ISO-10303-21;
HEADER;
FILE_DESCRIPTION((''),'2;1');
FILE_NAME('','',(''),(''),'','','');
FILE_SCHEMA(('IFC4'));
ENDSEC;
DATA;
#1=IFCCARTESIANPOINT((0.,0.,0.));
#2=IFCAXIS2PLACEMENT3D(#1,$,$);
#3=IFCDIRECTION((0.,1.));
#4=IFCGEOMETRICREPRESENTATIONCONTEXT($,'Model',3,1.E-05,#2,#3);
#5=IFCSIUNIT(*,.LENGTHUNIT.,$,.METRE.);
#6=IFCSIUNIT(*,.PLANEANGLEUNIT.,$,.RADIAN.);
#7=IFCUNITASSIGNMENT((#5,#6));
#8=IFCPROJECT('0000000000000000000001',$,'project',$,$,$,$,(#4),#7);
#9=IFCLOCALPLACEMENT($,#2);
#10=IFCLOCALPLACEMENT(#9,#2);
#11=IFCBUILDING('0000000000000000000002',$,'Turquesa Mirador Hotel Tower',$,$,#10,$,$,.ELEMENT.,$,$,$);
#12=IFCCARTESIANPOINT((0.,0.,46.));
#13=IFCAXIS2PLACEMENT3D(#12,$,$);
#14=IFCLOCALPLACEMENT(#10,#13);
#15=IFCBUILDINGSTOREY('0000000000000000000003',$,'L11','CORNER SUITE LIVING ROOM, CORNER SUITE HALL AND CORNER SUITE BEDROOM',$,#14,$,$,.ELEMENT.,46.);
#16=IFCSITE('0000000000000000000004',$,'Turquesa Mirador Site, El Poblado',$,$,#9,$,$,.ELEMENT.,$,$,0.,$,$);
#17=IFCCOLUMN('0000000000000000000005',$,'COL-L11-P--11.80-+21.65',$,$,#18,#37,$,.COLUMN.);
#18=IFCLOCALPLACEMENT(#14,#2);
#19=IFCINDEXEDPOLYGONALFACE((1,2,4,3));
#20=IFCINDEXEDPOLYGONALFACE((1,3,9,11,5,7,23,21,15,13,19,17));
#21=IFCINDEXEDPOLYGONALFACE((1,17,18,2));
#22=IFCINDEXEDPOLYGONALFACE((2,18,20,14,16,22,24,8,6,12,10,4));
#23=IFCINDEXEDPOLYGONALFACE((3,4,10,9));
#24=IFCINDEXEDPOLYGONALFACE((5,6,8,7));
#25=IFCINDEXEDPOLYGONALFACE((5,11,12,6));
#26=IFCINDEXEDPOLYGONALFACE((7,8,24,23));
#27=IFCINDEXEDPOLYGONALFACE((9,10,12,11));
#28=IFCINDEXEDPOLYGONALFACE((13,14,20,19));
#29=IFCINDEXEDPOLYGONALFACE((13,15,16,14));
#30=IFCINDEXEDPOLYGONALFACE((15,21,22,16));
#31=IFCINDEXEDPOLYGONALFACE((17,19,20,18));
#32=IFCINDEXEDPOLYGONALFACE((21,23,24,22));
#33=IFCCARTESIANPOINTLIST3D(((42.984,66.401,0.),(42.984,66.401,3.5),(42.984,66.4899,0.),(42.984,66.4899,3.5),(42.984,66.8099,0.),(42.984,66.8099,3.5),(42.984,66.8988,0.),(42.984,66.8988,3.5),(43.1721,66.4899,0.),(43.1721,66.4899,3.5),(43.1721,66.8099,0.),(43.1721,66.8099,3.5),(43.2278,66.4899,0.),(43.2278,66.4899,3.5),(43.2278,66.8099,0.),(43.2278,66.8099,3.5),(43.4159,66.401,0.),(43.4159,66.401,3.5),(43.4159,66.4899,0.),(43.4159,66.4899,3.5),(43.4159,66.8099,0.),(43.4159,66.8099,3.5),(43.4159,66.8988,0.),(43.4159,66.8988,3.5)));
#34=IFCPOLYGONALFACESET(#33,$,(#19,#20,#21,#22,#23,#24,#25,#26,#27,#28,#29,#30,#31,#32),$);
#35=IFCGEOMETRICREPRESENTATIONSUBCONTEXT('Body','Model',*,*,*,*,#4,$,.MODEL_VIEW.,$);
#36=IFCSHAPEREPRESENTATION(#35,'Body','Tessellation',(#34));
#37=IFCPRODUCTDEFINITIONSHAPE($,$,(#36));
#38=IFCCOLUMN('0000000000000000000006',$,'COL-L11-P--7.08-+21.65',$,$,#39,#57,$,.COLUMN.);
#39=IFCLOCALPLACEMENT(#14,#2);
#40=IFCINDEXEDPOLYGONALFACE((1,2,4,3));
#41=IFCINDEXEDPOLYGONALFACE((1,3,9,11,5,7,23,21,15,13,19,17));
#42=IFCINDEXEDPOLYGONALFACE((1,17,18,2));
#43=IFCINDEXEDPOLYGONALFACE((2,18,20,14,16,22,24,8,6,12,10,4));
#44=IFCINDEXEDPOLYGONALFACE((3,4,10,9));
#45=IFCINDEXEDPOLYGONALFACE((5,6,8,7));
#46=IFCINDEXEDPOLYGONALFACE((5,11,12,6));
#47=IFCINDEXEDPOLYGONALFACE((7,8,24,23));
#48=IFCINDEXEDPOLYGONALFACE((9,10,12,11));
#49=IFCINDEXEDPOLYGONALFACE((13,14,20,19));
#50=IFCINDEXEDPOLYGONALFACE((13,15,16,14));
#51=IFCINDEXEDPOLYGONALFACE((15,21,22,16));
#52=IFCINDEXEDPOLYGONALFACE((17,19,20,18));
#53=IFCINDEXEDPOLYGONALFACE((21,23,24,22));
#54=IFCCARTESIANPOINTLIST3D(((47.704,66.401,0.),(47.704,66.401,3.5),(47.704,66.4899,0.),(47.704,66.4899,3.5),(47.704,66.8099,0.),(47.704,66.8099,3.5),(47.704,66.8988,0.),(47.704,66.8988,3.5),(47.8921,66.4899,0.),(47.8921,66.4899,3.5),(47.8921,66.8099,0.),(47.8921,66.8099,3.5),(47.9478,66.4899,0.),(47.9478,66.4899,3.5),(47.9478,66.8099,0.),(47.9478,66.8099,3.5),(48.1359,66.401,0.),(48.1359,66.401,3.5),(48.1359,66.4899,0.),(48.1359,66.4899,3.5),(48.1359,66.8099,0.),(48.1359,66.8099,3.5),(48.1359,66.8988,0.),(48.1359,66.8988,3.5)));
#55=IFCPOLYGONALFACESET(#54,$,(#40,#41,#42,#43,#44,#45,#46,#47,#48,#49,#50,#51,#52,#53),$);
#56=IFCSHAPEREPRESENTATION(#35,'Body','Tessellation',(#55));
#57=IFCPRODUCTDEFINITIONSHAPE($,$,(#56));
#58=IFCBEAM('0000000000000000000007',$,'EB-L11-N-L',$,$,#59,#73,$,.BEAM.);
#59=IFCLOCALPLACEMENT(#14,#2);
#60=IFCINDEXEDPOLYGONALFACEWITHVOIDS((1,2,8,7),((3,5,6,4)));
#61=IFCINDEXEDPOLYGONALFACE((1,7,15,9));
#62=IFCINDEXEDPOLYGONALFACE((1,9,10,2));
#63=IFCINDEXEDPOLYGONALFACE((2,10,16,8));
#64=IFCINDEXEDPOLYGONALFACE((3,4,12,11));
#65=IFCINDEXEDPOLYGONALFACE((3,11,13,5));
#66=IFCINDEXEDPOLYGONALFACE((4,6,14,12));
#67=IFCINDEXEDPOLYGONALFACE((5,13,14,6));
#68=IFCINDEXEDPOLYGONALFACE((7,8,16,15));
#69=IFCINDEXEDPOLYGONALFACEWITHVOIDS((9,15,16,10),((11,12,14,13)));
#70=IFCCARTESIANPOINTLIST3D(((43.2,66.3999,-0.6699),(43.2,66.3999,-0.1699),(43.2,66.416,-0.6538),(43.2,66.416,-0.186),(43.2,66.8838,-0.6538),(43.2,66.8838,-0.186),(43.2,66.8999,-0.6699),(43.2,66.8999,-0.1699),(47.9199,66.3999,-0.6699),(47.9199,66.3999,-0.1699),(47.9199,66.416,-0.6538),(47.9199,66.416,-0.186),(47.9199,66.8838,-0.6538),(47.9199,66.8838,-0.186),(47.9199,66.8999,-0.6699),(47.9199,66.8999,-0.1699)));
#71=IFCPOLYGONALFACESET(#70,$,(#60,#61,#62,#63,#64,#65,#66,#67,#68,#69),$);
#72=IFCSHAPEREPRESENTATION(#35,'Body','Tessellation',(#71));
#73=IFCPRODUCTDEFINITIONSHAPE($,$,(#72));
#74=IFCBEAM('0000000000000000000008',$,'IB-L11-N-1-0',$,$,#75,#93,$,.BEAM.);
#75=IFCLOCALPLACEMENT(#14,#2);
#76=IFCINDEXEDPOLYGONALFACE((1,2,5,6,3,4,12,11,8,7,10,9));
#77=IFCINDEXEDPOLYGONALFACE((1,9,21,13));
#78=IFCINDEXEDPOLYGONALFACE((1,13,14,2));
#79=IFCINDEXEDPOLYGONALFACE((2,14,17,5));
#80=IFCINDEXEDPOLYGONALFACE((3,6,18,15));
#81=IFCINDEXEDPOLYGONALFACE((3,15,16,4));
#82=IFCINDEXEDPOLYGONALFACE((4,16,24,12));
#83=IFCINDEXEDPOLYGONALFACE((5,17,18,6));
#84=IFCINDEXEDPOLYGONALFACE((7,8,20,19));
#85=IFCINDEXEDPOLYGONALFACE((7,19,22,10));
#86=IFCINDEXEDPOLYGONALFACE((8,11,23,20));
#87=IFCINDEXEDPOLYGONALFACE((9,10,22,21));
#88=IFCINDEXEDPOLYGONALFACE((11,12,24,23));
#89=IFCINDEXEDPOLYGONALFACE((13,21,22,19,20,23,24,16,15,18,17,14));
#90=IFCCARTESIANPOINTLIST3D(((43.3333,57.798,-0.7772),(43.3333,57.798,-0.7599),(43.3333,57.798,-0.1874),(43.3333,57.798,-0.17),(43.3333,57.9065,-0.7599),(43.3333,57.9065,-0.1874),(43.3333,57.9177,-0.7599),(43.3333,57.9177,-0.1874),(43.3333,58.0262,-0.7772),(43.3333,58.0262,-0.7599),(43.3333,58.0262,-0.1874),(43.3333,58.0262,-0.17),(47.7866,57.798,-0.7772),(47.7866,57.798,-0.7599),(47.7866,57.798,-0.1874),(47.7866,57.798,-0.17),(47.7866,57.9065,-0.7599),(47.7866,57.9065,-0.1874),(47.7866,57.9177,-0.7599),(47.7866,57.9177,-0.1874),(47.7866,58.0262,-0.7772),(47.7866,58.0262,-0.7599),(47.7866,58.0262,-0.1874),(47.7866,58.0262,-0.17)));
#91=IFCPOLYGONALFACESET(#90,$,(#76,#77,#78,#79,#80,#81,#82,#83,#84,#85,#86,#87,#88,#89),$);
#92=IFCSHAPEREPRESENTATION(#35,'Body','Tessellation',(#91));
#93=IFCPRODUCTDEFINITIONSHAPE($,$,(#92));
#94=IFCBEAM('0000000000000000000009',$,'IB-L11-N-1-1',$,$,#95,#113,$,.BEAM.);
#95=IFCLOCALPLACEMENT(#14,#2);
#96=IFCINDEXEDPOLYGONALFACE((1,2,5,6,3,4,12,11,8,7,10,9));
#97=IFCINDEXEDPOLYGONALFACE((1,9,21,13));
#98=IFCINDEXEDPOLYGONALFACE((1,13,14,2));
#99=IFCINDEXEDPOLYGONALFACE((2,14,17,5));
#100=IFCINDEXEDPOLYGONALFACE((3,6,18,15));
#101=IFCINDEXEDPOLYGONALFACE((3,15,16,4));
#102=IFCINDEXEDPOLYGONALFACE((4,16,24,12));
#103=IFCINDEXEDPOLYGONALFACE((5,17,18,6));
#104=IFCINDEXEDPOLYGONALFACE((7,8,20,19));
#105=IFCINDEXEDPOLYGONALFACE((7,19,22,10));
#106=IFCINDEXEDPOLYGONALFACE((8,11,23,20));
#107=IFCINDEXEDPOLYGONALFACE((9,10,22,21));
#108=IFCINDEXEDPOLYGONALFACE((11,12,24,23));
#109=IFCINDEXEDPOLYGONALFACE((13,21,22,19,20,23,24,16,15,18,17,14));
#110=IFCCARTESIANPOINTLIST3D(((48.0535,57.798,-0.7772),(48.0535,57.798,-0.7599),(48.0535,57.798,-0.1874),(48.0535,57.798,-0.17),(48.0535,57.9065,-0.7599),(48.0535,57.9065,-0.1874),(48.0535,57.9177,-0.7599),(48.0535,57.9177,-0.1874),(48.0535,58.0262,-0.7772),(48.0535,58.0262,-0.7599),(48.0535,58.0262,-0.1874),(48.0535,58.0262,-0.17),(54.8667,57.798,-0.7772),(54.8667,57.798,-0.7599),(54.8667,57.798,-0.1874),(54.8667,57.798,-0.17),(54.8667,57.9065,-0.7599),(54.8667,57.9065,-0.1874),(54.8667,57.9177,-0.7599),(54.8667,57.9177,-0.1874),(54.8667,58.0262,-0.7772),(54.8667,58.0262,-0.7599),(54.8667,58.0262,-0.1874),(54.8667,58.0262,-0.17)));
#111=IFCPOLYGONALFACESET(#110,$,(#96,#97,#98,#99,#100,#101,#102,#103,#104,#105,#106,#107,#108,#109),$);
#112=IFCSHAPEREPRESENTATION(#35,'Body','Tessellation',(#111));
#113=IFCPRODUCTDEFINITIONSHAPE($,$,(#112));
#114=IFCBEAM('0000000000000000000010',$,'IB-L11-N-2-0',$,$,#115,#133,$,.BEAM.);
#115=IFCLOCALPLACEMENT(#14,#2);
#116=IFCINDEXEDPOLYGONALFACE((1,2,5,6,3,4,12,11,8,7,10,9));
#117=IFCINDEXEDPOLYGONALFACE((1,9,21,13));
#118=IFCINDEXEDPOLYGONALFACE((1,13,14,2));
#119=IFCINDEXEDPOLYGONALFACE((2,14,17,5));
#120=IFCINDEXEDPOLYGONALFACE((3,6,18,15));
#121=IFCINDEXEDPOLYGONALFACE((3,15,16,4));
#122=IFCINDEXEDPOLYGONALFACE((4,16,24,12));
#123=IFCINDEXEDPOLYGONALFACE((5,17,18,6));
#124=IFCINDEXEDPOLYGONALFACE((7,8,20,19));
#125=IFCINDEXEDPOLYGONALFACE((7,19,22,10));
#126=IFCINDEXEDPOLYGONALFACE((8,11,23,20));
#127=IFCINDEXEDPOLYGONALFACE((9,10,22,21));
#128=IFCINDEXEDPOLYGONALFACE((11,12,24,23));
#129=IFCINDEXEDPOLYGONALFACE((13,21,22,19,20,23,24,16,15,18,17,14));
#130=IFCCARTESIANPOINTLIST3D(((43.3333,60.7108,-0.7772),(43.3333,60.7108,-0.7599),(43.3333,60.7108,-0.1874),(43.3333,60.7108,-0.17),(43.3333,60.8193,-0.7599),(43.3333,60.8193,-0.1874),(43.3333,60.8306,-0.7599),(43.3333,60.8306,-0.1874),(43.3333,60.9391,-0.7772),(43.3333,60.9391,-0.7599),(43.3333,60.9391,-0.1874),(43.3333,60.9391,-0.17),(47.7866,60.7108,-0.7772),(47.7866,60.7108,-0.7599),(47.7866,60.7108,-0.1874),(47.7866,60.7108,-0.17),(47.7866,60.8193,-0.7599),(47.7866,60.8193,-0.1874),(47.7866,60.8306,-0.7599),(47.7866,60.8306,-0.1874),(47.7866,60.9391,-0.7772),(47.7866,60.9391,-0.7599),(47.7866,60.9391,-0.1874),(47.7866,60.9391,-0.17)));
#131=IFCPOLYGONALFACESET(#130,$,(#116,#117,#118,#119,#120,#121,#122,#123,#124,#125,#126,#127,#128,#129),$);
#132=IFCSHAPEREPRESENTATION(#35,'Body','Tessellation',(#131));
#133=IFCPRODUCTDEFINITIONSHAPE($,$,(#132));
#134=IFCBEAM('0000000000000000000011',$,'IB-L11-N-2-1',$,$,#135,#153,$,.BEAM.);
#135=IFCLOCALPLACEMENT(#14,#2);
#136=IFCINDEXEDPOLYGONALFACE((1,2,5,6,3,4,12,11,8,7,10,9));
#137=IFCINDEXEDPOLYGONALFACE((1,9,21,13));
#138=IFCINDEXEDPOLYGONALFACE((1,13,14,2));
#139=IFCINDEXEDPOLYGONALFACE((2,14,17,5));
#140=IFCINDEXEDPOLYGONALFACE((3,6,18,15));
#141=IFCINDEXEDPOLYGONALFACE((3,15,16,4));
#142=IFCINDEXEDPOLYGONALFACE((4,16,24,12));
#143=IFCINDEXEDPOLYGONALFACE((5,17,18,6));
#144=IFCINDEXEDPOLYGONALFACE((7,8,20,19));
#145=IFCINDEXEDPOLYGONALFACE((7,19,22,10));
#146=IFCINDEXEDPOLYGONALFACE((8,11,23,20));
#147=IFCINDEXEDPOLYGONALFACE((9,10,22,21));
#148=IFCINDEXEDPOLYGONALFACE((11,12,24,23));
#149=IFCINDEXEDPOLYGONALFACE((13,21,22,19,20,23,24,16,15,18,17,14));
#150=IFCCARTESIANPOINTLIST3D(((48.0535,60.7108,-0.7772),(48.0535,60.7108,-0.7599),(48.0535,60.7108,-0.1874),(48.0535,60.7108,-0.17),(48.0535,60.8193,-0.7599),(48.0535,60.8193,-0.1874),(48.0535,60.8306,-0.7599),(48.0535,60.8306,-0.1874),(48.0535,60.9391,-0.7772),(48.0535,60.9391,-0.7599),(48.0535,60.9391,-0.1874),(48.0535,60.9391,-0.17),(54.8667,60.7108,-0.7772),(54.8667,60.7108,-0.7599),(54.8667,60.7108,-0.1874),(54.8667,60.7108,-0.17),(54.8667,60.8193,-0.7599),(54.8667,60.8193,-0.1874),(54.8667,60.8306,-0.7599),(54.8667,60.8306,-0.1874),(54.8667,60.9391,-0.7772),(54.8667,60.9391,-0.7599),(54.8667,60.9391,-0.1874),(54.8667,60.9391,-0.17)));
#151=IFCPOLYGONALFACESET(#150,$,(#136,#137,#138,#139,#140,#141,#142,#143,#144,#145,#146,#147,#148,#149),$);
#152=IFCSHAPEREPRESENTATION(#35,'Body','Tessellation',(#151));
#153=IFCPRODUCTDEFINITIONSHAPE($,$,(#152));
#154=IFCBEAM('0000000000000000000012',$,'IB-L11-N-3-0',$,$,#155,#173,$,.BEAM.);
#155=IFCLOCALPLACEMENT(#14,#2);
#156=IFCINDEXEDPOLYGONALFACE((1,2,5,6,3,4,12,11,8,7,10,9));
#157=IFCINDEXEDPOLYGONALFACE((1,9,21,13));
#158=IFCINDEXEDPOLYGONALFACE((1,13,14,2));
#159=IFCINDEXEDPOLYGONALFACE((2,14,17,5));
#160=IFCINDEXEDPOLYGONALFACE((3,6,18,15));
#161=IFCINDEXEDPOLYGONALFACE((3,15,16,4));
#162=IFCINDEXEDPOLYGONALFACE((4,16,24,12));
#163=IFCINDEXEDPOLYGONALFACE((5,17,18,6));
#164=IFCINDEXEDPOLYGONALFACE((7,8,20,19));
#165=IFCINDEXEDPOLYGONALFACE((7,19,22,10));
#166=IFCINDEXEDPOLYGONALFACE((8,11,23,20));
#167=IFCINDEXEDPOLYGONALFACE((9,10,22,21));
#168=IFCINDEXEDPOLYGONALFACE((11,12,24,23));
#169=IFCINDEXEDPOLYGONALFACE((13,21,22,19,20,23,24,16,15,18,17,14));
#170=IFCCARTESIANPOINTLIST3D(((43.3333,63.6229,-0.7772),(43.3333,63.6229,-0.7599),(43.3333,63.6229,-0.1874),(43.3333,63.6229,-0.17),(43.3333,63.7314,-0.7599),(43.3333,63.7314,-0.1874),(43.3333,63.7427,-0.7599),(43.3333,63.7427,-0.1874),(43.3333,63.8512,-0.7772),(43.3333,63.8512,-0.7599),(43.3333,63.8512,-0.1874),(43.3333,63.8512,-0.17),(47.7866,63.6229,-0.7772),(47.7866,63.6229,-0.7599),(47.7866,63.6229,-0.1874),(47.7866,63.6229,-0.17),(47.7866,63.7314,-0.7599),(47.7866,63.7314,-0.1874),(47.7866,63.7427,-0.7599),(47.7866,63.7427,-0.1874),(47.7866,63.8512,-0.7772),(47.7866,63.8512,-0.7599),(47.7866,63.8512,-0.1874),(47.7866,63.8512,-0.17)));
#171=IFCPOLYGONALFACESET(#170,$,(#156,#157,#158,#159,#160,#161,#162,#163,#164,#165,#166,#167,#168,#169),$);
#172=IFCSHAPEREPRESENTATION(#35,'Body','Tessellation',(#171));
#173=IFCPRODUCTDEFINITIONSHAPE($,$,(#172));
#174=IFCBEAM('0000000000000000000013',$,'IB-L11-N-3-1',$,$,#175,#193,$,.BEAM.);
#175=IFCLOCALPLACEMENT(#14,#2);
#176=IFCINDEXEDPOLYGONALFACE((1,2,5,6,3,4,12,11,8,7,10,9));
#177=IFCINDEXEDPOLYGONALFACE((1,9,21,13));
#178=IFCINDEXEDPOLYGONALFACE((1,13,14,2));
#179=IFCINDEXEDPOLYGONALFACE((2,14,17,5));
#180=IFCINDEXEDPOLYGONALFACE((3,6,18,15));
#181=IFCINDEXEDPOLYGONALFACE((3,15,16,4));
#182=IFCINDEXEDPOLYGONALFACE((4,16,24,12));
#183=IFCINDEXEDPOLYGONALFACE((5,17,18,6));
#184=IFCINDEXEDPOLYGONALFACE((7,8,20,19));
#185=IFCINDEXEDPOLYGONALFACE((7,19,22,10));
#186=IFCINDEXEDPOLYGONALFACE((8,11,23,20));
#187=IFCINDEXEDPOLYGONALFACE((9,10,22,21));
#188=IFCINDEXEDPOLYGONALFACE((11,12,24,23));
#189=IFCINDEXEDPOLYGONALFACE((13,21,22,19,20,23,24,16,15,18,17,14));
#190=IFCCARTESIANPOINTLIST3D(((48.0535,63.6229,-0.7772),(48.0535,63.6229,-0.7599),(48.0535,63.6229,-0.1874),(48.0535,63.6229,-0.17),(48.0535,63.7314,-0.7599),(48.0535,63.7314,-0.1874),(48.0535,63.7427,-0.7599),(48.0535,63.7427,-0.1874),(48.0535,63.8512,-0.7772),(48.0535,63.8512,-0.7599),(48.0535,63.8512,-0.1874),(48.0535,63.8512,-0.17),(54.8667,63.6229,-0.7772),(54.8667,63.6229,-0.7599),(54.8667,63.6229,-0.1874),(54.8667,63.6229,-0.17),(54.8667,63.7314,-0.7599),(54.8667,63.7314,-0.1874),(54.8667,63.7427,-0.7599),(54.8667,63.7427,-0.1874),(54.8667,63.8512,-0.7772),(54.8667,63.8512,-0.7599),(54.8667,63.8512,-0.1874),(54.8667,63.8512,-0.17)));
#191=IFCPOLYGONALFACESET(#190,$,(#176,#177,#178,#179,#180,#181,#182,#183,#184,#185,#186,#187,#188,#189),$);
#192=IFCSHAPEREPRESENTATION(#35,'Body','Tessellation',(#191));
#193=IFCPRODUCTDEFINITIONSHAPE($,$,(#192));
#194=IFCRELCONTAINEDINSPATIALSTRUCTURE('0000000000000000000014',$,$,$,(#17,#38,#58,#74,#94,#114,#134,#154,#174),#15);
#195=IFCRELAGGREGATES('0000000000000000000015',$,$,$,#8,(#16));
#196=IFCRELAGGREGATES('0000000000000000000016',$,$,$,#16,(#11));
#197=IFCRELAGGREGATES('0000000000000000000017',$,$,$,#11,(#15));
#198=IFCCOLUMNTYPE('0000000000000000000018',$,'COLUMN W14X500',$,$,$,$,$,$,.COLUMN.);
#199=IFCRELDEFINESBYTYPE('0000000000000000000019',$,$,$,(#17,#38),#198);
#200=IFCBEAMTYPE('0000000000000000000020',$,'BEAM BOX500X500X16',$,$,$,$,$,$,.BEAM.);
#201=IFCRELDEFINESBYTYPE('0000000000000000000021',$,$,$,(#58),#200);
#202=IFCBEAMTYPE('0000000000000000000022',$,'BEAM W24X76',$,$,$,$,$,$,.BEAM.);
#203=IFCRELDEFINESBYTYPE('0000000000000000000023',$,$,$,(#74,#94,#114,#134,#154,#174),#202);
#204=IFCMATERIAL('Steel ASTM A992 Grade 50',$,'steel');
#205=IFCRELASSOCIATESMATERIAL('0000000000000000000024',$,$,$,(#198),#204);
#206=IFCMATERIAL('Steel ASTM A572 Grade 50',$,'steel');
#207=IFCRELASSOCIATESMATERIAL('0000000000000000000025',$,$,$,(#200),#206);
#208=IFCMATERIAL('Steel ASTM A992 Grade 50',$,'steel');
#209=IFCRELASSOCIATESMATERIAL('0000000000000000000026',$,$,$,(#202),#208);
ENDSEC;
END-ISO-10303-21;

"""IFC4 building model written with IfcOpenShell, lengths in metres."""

from ifc_helpers import new_model, si_unit, direction, frame, origin, origin_2d, place, context, subcontext, project, spatial, hollow_rectangle, i_section, extrude, material, material_profile, profile_set, type_object, element, save


model = new_model("IFC4")

# Units and contexts
model_context = context("Model", 3, precision=1e-05, world=origin(), true_north=direction((0.0, 1.0)))
body_context = subcontext(model_context, "Body", "Model", "MODEL_VIEW")
ifc_project = project(units=[si_unit("LENGTHUNIT", "METRE"), si_unit("PLANEANGLEUNIT", "RADIAN")], contexts=[model_context])

# Site, building, storey
site_placement = place(None, origin())
site = spatial("IfcSite", under=ifc_project, at=site_placement, Name="Turquesa Mirador Site, El Poblado", CompositionType="ELEMENT", RefElevation=0.0)
building_placement = place(site_placement, origin())
building = spatial("IfcBuilding", under=site, at=building_placement, Name="Turquesa Mirador Hotel Tower", CompositionType="ELEMENT")
storey_placement = place(building_placement, frame((0.0, 0.0, 46.0)))
storey = spatial("IfcBuildingStorey", under=building, at=storey_placement, Name="L11", Description="CORNER SUITE LIVING ROOM, CORNER SUITE HALL AND CORNER SUITE BEDROOM", CompositionType="ELEMENT", Elevation=46.0)

# Columns
ifc_material_1 = material(Name="Steel ASTM A992 Grade 50", Category="steel")
ifc_material_profile_1 = material_profile(ifc_material_1, i_section(OverallWidth=0.4319, OverallDepth=0.4978, WebThickness=0.0557, FlangeThickness=0.0889, at=origin_2d()), Name="W14X500")
ifc_profile_set_1 = profile_set([ifc_material_profile_1], Name="Steel ASTM A992 Grade 50")
column_type = type_object("IfcColumnType", Name="COLUMN W14X500", PredefinedType="COLUMN", material=ifc_profile_set_1)
for number, where, z_axis, x_axis, name in (
    (1, (43.2, 66.6499, 0.0), (0.0, 0.0, 1.0), (1.0, 0.0, 0.0), "COL-L11-P--11.80-+21.65"),
    (2, (47.9199, 66.6499, 0.0), (0.0, 0.0, 1.0), (1.0, 0.0, 0.0), "COL-L11-P--7.08-+21.65"),
):
    element("IfcColumn", number, at=place(storey_placement, frame(where, z_axis=z_axis, x_axis=x_axis)), inside=storey, type_object=column_type, Name=name, PredefinedType="COLUMN", context=body_context, shape_type="SweptSolid", body=[
        extrude(i_section(OverallWidth=0.4319, OverallDepth=0.4978, WebThickness=0.0557, FlangeThickness=0.0889, at=origin_2d()), origin(), (0.0, 0.0, 1.0), 3.5),
    ])

# Beams
ifc_material_2 = material(Name="Steel ASTM A572 Grade 50", Category="steel")
ifc_material_profile_2 = material_profile(ifc_material_2, hollow_rectangle(XDim=0.5, YDim=0.5, WallThickness=0.0161, at=origin_2d()), Name="BOX500X500X16")
ifc_profile_set_2 = profile_set([ifc_material_profile_2], Name="Steel ASTM A572 Grade 50")
beam_type_1 = type_object("IfcBeamType", Name="BEAM BOX500X500X16", PredefinedType="BEAM", material=ifc_profile_set_2)
beam_1_placement = place(storey_placement, frame((43.2, 66.6499, -0.4199), z_axis=(1.0, 0.0, 0.0), x_axis=(0.0, 1.0, 0.0)))
element("IfcBeam", 3, at=beam_1_placement, inside=storey, type_object=beam_type_1, Name="EB-L11-N-L", PredefinedType="BEAM", context=body_context, shape_type="SweptSolid", body=[
    extrude(hollow_rectangle(XDim=0.5, YDim=0.5, WallThickness=0.0161, at=origin_2d()), origin(), (0.0, 0.0, 1.0), 4.72),
])
ifc_material_3 = material(Name="Steel ASTM A992 Grade 50", Category="steel")
ifc_material_profile_3 = material_profile(ifc_material_3, i_section(OverallWidth=0.2283, OverallDepth=0.6072, WebThickness=0.0112, FlangeThickness=0.0173, at=origin_2d()), Name="W24X76")
ifc_profile_set_3 = profile_set([ifc_material_profile_3], Name="Steel ASTM A992 Grade 50")
beam_type_2 = type_object("IfcBeamType", Name="BEAM W24X76", PredefinedType="BEAM", material=ifc_profile_set_3)
beam_2_placement = place(storey_placement, frame((43.3333, 57.9121, -0.4736), z_axis=(1.0, 0.0, 0.0), x_axis=(0.0, 1.0, 0.0)))
element("IfcBeam", 4, at=beam_2_placement, inside=storey, type_object=beam_type_2, Name="IB-L11-N-1-0", PredefinedType="BEAM", context=body_context, shape_type="SweptSolid", body=[
    extrude(i_section(OverallWidth=0.2283, OverallDepth=0.6072, WebThickness=0.0112, FlangeThickness=0.0173, at=origin_2d()), origin(), (0.0, 0.0, 1.0), 4.4534),
])
beam_3_placement = place(storey_placement, frame((48.0535, 57.9121, -0.4736), z_axis=(1.0, 0.0, 0.0), x_axis=(0.0, 1.0, 0.0)))
element("IfcBeam", 5, at=beam_3_placement, inside=storey, type_object=beam_type_2, Name="IB-L11-N-1-1", PredefinedType="BEAM", context=body_context, shape_type="SweptSolid", body=[
    extrude(i_section(OverallWidth=0.2283, OverallDepth=0.6072, WebThickness=0.0112, FlangeThickness=0.0173, at=origin_2d()), origin(), (0.0, 0.0, 1.0), 6.8132),
])
beam_4_placement = place(storey_placement, frame((43.3333, 60.825, -0.4736), z_axis=(1.0, 0.0, 0.0), x_axis=(0.0, 1.0, 0.0)))
element("IfcBeam", 6, at=beam_4_placement, inside=storey, type_object=beam_type_2, Name="IB-L11-N-2-0", PredefinedType="BEAM", context=body_context, shape_type="SweptSolid", body=[
    extrude(i_section(OverallWidth=0.2283, OverallDepth=0.6072, WebThickness=0.0112, FlangeThickness=0.0173, at=origin_2d()), origin(), (0.0, 0.0, 1.0), 4.4534),
])
beam_5_placement = place(storey_placement, frame((48.0535, 60.825, -0.4736), z_axis=(1.0, 0.0, 0.0), x_axis=(0.0, 1.0, 0.0)))
element("IfcBeam", 7, at=beam_5_placement, inside=storey, type_object=beam_type_2, Name="IB-L11-N-2-1", PredefinedType="BEAM", context=body_context, shape_type="SweptSolid", body=[
    extrude(i_section(OverallWidth=0.2283, OverallDepth=0.6072, WebThickness=0.0112, FlangeThickness=0.0173, at=origin_2d()), origin(), (0.0, 0.0, 1.0), 6.8132),
])
beam_6_placement = place(storey_placement, frame((43.3333, 63.7371, -0.4736), z_axis=(1.0, 0.0, 0.0), x_axis=(0.0, 1.0, 0.0)))
element("IfcBeam", 8, at=beam_6_placement, inside=storey, type_object=beam_type_2, Name="IB-L11-N-3-0", PredefinedType="BEAM", context=body_context, shape_type="SweptSolid", body=[
    extrude(i_section(OverallWidth=0.2283, OverallDepth=0.6072, WebThickness=0.0112, FlangeThickness=0.0173, at=origin_2d()), origin(), (0.0, 0.0, 1.0), 4.4534),
])
beam_7_placement = place(storey_placement, frame((48.0535, 63.7371, -0.4736), z_axis=(1.0, 0.0, 0.0), x_axis=(0.0, 1.0, 0.0)))
element("IfcBeam", 9, at=beam_7_placement, inside=storey, type_object=beam_type_2, Name="IB-L11-N-3-1", PredefinedType="BEAM", context=body_context, shape_type="SweptSolid", body=[
    extrude(i_section(OverallWidth=0.2283, OverallDepth=0.6072, WebThickness=0.0112, FlangeThickness=0.0173, at=origin_2d()), origin(), (0.0, 0.0, 1.0), 6.8132),
])

save(model, "model.ifc")
